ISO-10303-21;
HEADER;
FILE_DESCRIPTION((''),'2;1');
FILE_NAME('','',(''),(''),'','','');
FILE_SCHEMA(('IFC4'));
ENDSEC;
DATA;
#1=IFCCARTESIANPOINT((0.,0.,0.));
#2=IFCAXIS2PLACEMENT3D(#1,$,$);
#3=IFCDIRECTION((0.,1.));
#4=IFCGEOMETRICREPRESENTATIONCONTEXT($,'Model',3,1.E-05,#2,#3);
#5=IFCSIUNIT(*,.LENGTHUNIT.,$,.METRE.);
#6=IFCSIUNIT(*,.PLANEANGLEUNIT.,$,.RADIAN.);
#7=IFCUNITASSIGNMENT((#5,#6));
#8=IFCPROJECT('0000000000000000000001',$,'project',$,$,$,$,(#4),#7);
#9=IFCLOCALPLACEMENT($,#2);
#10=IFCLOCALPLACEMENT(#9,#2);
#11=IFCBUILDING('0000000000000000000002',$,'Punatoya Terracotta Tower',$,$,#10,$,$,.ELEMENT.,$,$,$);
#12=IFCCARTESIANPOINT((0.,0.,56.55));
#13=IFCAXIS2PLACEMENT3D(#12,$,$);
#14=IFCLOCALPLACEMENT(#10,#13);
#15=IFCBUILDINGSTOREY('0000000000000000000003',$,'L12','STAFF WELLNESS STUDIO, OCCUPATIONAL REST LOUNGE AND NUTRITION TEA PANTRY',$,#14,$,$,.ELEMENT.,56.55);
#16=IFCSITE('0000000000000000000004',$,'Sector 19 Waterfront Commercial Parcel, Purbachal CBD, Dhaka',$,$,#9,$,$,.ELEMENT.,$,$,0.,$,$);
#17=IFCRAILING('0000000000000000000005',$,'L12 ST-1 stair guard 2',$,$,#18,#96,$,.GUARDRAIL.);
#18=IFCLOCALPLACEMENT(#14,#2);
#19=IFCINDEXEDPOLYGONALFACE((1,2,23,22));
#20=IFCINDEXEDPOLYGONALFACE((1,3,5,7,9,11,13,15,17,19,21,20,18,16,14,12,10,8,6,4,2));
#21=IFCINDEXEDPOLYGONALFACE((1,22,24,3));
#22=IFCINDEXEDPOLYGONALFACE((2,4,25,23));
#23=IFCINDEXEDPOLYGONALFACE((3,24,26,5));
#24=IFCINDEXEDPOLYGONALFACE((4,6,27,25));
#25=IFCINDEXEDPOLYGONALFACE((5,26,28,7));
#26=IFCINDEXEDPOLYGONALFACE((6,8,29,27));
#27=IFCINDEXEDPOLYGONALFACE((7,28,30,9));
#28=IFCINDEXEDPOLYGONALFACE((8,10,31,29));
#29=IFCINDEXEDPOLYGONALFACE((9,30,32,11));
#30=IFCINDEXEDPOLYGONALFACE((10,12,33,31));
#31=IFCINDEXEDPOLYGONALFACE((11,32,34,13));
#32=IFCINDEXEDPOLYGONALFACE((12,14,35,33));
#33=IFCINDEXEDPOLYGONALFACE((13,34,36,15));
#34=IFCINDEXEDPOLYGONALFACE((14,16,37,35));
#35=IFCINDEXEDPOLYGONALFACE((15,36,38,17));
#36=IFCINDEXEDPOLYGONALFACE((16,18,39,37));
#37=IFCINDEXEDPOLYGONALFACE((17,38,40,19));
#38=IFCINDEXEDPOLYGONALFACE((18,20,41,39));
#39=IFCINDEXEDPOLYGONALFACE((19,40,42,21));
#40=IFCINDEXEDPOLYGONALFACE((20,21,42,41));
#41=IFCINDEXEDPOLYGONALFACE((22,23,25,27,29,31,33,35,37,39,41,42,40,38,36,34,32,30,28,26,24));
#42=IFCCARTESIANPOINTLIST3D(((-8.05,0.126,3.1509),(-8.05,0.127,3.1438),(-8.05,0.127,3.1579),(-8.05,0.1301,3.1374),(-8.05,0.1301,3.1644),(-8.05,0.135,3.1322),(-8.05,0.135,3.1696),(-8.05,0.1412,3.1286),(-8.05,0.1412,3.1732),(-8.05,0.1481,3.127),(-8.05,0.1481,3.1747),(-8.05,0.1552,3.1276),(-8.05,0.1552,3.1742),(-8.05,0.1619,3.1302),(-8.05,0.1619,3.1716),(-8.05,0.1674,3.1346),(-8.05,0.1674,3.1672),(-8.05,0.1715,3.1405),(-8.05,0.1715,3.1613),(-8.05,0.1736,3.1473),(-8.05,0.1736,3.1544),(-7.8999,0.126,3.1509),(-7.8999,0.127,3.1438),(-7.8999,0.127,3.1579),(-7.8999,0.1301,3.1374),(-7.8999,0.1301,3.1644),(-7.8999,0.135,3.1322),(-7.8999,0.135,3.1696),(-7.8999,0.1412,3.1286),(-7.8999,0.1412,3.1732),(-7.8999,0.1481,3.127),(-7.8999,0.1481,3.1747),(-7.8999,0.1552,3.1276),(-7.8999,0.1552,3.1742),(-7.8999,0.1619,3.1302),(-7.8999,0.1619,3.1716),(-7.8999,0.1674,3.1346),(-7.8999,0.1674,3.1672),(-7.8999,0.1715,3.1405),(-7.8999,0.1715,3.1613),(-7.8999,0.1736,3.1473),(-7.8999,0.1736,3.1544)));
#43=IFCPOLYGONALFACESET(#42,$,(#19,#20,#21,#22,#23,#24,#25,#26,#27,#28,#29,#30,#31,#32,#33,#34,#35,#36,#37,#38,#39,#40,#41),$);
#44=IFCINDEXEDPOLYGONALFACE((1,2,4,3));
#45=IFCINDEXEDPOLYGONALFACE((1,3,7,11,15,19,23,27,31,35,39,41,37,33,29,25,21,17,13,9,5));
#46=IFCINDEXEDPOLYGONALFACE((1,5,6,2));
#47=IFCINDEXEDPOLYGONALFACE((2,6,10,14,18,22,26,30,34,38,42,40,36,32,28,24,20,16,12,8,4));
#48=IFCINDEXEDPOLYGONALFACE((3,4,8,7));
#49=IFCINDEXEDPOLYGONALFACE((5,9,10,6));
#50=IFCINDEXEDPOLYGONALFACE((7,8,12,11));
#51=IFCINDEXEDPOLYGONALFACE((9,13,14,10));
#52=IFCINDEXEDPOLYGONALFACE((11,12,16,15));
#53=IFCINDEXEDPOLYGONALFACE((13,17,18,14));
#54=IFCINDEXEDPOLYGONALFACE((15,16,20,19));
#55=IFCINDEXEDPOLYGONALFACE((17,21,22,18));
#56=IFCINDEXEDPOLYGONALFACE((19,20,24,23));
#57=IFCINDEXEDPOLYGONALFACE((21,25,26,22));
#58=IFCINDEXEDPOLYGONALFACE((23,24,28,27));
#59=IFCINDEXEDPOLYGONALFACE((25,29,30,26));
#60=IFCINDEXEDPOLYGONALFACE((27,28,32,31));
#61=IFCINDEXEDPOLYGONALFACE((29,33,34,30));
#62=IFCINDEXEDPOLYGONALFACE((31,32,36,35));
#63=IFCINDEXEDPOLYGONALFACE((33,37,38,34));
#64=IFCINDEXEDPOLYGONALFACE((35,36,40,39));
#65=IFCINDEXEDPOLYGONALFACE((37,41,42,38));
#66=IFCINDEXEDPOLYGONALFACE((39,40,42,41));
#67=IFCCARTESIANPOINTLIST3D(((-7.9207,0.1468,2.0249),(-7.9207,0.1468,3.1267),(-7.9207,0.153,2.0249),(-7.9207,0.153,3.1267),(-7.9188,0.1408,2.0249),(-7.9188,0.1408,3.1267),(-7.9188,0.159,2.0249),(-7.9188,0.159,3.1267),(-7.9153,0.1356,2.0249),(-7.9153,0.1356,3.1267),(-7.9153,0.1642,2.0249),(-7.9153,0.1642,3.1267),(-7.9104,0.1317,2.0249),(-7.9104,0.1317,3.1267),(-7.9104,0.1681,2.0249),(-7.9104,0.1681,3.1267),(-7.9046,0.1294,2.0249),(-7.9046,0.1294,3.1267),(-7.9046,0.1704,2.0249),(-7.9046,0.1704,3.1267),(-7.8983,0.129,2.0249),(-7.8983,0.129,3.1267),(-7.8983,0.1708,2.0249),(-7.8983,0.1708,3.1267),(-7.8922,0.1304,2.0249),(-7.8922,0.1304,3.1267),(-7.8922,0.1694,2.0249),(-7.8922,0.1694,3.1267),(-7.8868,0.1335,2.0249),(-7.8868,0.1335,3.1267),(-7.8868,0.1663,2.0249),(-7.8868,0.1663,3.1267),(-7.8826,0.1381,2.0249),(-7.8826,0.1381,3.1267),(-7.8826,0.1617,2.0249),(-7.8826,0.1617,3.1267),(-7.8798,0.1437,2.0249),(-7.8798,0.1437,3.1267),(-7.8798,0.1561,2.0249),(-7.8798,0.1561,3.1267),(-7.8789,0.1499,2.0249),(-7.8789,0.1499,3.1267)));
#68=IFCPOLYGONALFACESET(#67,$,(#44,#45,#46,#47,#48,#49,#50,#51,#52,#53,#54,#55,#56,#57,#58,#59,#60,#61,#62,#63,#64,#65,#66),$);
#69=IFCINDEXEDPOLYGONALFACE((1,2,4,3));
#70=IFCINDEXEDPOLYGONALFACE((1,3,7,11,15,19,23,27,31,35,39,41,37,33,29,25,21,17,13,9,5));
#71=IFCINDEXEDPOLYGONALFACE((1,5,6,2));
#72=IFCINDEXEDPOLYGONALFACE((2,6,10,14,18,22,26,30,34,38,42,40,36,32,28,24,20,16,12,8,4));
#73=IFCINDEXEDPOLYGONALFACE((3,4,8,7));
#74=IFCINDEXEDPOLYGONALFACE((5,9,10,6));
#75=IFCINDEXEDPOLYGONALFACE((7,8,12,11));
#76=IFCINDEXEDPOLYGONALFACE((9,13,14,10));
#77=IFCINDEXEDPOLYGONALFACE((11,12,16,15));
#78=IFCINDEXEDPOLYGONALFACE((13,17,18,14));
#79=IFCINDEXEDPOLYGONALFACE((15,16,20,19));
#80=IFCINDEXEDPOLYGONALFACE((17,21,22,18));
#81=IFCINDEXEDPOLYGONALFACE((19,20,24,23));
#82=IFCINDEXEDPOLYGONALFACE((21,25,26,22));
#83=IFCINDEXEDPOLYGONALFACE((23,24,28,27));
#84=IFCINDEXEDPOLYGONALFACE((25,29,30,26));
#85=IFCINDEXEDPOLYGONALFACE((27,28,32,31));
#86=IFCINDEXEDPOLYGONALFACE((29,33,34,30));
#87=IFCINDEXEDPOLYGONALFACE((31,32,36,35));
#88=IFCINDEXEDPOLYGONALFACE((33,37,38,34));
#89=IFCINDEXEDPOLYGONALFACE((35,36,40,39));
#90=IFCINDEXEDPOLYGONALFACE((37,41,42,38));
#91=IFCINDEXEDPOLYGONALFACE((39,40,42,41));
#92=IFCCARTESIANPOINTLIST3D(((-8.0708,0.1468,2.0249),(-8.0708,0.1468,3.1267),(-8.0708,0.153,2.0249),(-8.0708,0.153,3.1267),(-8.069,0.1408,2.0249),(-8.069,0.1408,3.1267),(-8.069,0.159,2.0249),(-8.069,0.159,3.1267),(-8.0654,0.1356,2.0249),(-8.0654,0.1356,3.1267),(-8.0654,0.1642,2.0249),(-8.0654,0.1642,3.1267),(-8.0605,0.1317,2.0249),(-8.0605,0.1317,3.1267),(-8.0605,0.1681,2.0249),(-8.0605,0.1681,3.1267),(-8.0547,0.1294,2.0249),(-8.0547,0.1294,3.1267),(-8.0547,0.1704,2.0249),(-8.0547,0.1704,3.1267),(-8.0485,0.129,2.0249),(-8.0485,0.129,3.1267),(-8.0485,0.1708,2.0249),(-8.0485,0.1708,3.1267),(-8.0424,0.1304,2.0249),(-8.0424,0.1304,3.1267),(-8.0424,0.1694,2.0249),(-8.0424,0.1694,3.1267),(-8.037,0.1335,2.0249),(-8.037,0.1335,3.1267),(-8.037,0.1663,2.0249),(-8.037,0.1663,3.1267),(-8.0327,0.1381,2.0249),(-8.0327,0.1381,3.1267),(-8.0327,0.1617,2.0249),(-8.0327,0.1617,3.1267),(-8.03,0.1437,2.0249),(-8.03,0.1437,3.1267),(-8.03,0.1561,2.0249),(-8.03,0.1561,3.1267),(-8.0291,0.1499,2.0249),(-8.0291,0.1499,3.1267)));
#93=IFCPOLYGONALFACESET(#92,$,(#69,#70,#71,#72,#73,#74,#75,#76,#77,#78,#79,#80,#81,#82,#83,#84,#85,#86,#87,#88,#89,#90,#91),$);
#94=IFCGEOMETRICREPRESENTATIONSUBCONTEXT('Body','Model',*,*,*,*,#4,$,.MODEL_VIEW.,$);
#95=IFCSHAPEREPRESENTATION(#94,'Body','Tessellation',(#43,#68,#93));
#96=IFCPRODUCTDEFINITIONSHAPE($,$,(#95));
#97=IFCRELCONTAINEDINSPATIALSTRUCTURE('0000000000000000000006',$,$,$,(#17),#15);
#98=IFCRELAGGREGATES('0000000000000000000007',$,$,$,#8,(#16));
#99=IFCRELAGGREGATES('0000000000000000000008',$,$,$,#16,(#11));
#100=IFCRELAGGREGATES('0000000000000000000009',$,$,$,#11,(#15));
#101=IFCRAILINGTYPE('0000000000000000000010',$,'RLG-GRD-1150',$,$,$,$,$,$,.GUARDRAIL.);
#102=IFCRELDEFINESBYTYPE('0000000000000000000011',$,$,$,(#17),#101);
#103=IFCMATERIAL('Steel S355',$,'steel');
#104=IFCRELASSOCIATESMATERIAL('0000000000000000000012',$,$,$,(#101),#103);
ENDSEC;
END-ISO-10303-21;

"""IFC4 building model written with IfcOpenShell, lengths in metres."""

from ifc_helpers import new_model, si_unit, direction, frame, origin, origin_2d, place, context, subcontext, project, spatial, circle, extrude, material, type_object, element, save


model = new_model("IFC4")

# Units and contexts
model_context = context("Model", 3, precision=1e-05, world=origin(), true_north=direction((0.0, 1.0)))
body_context = subcontext(model_context, "Body", "Model", "MODEL_VIEW")
ifc_project = project(units=[si_unit("LENGTHUNIT", "METRE"), si_unit("PLANEANGLEUNIT", "RADIAN")], contexts=[model_context])

# Site, building, storey
site_placement = place(None, origin())
site = spatial("IfcSite", under=ifc_project, at=site_placement, Name="Sector 19 Waterfront Commercial Parcel, Purbachal CBD, Dhaka", CompositionType="ELEMENT", RefElevation=0.0)
building_placement = place(site_placement, origin())
building = spatial("IfcBuilding", under=site, at=building_placement, Name="Punatoya Terracotta Tower", CompositionType="ELEMENT")
storey_placement = place(building_placement, frame((0.0, 0.0, 56.55)))
storey = spatial("IfcBuildingStorey", under=building, at=storey_placement, Name="L12", Description="STAFF WELLNESS STUDIO, OCCUPATIONAL REST LOUNGE AND NUTRITION TEA PANTRY", CompositionType="ELEMENT", Elevation=56.55)

# Shared definitions
ifc_material_1 = material(Name="Steel S355", Category="steel")

# Railing
railing_type_1 = type_object("IfcRailingType", Name="RLG-GRD-1150", PredefinedType="GUARDRAIL", material=ifc_material_1)
railing_1_placement = place(storey_placement, frame((-7.8999, 0.1499, 2.0249)))
element("IfcRailing", 1, at=railing_1_placement, inside=storey, type_object=railing_type_1, Name="L12 ST-1 stair guard 2", PredefinedType="GUARDRAIL", context=body_context, shape_type="SweptSolid", body=[
    extrude(circle(Radius=0.0239, at=origin_2d()), frame((0.0, 0.0, 1.126), z_axis=(-1.0, 0.0, 0.0), x_axis=(0.0, -1.0, 0.0)), (0.0, 0.0, 1.0), 0.1501),
    extrude(circle(Radius=0.021, at=origin_2d()), origin(), (0.0, 0.0, 1.0), 1.1018),
    extrude(circle(Radius=0.021, at=origin_2d()), frame((-0.1501, 0.0, 0.0)), (0.0, 0.0, 1.0), 1.1018),
])

save(model, "model.ifc")
